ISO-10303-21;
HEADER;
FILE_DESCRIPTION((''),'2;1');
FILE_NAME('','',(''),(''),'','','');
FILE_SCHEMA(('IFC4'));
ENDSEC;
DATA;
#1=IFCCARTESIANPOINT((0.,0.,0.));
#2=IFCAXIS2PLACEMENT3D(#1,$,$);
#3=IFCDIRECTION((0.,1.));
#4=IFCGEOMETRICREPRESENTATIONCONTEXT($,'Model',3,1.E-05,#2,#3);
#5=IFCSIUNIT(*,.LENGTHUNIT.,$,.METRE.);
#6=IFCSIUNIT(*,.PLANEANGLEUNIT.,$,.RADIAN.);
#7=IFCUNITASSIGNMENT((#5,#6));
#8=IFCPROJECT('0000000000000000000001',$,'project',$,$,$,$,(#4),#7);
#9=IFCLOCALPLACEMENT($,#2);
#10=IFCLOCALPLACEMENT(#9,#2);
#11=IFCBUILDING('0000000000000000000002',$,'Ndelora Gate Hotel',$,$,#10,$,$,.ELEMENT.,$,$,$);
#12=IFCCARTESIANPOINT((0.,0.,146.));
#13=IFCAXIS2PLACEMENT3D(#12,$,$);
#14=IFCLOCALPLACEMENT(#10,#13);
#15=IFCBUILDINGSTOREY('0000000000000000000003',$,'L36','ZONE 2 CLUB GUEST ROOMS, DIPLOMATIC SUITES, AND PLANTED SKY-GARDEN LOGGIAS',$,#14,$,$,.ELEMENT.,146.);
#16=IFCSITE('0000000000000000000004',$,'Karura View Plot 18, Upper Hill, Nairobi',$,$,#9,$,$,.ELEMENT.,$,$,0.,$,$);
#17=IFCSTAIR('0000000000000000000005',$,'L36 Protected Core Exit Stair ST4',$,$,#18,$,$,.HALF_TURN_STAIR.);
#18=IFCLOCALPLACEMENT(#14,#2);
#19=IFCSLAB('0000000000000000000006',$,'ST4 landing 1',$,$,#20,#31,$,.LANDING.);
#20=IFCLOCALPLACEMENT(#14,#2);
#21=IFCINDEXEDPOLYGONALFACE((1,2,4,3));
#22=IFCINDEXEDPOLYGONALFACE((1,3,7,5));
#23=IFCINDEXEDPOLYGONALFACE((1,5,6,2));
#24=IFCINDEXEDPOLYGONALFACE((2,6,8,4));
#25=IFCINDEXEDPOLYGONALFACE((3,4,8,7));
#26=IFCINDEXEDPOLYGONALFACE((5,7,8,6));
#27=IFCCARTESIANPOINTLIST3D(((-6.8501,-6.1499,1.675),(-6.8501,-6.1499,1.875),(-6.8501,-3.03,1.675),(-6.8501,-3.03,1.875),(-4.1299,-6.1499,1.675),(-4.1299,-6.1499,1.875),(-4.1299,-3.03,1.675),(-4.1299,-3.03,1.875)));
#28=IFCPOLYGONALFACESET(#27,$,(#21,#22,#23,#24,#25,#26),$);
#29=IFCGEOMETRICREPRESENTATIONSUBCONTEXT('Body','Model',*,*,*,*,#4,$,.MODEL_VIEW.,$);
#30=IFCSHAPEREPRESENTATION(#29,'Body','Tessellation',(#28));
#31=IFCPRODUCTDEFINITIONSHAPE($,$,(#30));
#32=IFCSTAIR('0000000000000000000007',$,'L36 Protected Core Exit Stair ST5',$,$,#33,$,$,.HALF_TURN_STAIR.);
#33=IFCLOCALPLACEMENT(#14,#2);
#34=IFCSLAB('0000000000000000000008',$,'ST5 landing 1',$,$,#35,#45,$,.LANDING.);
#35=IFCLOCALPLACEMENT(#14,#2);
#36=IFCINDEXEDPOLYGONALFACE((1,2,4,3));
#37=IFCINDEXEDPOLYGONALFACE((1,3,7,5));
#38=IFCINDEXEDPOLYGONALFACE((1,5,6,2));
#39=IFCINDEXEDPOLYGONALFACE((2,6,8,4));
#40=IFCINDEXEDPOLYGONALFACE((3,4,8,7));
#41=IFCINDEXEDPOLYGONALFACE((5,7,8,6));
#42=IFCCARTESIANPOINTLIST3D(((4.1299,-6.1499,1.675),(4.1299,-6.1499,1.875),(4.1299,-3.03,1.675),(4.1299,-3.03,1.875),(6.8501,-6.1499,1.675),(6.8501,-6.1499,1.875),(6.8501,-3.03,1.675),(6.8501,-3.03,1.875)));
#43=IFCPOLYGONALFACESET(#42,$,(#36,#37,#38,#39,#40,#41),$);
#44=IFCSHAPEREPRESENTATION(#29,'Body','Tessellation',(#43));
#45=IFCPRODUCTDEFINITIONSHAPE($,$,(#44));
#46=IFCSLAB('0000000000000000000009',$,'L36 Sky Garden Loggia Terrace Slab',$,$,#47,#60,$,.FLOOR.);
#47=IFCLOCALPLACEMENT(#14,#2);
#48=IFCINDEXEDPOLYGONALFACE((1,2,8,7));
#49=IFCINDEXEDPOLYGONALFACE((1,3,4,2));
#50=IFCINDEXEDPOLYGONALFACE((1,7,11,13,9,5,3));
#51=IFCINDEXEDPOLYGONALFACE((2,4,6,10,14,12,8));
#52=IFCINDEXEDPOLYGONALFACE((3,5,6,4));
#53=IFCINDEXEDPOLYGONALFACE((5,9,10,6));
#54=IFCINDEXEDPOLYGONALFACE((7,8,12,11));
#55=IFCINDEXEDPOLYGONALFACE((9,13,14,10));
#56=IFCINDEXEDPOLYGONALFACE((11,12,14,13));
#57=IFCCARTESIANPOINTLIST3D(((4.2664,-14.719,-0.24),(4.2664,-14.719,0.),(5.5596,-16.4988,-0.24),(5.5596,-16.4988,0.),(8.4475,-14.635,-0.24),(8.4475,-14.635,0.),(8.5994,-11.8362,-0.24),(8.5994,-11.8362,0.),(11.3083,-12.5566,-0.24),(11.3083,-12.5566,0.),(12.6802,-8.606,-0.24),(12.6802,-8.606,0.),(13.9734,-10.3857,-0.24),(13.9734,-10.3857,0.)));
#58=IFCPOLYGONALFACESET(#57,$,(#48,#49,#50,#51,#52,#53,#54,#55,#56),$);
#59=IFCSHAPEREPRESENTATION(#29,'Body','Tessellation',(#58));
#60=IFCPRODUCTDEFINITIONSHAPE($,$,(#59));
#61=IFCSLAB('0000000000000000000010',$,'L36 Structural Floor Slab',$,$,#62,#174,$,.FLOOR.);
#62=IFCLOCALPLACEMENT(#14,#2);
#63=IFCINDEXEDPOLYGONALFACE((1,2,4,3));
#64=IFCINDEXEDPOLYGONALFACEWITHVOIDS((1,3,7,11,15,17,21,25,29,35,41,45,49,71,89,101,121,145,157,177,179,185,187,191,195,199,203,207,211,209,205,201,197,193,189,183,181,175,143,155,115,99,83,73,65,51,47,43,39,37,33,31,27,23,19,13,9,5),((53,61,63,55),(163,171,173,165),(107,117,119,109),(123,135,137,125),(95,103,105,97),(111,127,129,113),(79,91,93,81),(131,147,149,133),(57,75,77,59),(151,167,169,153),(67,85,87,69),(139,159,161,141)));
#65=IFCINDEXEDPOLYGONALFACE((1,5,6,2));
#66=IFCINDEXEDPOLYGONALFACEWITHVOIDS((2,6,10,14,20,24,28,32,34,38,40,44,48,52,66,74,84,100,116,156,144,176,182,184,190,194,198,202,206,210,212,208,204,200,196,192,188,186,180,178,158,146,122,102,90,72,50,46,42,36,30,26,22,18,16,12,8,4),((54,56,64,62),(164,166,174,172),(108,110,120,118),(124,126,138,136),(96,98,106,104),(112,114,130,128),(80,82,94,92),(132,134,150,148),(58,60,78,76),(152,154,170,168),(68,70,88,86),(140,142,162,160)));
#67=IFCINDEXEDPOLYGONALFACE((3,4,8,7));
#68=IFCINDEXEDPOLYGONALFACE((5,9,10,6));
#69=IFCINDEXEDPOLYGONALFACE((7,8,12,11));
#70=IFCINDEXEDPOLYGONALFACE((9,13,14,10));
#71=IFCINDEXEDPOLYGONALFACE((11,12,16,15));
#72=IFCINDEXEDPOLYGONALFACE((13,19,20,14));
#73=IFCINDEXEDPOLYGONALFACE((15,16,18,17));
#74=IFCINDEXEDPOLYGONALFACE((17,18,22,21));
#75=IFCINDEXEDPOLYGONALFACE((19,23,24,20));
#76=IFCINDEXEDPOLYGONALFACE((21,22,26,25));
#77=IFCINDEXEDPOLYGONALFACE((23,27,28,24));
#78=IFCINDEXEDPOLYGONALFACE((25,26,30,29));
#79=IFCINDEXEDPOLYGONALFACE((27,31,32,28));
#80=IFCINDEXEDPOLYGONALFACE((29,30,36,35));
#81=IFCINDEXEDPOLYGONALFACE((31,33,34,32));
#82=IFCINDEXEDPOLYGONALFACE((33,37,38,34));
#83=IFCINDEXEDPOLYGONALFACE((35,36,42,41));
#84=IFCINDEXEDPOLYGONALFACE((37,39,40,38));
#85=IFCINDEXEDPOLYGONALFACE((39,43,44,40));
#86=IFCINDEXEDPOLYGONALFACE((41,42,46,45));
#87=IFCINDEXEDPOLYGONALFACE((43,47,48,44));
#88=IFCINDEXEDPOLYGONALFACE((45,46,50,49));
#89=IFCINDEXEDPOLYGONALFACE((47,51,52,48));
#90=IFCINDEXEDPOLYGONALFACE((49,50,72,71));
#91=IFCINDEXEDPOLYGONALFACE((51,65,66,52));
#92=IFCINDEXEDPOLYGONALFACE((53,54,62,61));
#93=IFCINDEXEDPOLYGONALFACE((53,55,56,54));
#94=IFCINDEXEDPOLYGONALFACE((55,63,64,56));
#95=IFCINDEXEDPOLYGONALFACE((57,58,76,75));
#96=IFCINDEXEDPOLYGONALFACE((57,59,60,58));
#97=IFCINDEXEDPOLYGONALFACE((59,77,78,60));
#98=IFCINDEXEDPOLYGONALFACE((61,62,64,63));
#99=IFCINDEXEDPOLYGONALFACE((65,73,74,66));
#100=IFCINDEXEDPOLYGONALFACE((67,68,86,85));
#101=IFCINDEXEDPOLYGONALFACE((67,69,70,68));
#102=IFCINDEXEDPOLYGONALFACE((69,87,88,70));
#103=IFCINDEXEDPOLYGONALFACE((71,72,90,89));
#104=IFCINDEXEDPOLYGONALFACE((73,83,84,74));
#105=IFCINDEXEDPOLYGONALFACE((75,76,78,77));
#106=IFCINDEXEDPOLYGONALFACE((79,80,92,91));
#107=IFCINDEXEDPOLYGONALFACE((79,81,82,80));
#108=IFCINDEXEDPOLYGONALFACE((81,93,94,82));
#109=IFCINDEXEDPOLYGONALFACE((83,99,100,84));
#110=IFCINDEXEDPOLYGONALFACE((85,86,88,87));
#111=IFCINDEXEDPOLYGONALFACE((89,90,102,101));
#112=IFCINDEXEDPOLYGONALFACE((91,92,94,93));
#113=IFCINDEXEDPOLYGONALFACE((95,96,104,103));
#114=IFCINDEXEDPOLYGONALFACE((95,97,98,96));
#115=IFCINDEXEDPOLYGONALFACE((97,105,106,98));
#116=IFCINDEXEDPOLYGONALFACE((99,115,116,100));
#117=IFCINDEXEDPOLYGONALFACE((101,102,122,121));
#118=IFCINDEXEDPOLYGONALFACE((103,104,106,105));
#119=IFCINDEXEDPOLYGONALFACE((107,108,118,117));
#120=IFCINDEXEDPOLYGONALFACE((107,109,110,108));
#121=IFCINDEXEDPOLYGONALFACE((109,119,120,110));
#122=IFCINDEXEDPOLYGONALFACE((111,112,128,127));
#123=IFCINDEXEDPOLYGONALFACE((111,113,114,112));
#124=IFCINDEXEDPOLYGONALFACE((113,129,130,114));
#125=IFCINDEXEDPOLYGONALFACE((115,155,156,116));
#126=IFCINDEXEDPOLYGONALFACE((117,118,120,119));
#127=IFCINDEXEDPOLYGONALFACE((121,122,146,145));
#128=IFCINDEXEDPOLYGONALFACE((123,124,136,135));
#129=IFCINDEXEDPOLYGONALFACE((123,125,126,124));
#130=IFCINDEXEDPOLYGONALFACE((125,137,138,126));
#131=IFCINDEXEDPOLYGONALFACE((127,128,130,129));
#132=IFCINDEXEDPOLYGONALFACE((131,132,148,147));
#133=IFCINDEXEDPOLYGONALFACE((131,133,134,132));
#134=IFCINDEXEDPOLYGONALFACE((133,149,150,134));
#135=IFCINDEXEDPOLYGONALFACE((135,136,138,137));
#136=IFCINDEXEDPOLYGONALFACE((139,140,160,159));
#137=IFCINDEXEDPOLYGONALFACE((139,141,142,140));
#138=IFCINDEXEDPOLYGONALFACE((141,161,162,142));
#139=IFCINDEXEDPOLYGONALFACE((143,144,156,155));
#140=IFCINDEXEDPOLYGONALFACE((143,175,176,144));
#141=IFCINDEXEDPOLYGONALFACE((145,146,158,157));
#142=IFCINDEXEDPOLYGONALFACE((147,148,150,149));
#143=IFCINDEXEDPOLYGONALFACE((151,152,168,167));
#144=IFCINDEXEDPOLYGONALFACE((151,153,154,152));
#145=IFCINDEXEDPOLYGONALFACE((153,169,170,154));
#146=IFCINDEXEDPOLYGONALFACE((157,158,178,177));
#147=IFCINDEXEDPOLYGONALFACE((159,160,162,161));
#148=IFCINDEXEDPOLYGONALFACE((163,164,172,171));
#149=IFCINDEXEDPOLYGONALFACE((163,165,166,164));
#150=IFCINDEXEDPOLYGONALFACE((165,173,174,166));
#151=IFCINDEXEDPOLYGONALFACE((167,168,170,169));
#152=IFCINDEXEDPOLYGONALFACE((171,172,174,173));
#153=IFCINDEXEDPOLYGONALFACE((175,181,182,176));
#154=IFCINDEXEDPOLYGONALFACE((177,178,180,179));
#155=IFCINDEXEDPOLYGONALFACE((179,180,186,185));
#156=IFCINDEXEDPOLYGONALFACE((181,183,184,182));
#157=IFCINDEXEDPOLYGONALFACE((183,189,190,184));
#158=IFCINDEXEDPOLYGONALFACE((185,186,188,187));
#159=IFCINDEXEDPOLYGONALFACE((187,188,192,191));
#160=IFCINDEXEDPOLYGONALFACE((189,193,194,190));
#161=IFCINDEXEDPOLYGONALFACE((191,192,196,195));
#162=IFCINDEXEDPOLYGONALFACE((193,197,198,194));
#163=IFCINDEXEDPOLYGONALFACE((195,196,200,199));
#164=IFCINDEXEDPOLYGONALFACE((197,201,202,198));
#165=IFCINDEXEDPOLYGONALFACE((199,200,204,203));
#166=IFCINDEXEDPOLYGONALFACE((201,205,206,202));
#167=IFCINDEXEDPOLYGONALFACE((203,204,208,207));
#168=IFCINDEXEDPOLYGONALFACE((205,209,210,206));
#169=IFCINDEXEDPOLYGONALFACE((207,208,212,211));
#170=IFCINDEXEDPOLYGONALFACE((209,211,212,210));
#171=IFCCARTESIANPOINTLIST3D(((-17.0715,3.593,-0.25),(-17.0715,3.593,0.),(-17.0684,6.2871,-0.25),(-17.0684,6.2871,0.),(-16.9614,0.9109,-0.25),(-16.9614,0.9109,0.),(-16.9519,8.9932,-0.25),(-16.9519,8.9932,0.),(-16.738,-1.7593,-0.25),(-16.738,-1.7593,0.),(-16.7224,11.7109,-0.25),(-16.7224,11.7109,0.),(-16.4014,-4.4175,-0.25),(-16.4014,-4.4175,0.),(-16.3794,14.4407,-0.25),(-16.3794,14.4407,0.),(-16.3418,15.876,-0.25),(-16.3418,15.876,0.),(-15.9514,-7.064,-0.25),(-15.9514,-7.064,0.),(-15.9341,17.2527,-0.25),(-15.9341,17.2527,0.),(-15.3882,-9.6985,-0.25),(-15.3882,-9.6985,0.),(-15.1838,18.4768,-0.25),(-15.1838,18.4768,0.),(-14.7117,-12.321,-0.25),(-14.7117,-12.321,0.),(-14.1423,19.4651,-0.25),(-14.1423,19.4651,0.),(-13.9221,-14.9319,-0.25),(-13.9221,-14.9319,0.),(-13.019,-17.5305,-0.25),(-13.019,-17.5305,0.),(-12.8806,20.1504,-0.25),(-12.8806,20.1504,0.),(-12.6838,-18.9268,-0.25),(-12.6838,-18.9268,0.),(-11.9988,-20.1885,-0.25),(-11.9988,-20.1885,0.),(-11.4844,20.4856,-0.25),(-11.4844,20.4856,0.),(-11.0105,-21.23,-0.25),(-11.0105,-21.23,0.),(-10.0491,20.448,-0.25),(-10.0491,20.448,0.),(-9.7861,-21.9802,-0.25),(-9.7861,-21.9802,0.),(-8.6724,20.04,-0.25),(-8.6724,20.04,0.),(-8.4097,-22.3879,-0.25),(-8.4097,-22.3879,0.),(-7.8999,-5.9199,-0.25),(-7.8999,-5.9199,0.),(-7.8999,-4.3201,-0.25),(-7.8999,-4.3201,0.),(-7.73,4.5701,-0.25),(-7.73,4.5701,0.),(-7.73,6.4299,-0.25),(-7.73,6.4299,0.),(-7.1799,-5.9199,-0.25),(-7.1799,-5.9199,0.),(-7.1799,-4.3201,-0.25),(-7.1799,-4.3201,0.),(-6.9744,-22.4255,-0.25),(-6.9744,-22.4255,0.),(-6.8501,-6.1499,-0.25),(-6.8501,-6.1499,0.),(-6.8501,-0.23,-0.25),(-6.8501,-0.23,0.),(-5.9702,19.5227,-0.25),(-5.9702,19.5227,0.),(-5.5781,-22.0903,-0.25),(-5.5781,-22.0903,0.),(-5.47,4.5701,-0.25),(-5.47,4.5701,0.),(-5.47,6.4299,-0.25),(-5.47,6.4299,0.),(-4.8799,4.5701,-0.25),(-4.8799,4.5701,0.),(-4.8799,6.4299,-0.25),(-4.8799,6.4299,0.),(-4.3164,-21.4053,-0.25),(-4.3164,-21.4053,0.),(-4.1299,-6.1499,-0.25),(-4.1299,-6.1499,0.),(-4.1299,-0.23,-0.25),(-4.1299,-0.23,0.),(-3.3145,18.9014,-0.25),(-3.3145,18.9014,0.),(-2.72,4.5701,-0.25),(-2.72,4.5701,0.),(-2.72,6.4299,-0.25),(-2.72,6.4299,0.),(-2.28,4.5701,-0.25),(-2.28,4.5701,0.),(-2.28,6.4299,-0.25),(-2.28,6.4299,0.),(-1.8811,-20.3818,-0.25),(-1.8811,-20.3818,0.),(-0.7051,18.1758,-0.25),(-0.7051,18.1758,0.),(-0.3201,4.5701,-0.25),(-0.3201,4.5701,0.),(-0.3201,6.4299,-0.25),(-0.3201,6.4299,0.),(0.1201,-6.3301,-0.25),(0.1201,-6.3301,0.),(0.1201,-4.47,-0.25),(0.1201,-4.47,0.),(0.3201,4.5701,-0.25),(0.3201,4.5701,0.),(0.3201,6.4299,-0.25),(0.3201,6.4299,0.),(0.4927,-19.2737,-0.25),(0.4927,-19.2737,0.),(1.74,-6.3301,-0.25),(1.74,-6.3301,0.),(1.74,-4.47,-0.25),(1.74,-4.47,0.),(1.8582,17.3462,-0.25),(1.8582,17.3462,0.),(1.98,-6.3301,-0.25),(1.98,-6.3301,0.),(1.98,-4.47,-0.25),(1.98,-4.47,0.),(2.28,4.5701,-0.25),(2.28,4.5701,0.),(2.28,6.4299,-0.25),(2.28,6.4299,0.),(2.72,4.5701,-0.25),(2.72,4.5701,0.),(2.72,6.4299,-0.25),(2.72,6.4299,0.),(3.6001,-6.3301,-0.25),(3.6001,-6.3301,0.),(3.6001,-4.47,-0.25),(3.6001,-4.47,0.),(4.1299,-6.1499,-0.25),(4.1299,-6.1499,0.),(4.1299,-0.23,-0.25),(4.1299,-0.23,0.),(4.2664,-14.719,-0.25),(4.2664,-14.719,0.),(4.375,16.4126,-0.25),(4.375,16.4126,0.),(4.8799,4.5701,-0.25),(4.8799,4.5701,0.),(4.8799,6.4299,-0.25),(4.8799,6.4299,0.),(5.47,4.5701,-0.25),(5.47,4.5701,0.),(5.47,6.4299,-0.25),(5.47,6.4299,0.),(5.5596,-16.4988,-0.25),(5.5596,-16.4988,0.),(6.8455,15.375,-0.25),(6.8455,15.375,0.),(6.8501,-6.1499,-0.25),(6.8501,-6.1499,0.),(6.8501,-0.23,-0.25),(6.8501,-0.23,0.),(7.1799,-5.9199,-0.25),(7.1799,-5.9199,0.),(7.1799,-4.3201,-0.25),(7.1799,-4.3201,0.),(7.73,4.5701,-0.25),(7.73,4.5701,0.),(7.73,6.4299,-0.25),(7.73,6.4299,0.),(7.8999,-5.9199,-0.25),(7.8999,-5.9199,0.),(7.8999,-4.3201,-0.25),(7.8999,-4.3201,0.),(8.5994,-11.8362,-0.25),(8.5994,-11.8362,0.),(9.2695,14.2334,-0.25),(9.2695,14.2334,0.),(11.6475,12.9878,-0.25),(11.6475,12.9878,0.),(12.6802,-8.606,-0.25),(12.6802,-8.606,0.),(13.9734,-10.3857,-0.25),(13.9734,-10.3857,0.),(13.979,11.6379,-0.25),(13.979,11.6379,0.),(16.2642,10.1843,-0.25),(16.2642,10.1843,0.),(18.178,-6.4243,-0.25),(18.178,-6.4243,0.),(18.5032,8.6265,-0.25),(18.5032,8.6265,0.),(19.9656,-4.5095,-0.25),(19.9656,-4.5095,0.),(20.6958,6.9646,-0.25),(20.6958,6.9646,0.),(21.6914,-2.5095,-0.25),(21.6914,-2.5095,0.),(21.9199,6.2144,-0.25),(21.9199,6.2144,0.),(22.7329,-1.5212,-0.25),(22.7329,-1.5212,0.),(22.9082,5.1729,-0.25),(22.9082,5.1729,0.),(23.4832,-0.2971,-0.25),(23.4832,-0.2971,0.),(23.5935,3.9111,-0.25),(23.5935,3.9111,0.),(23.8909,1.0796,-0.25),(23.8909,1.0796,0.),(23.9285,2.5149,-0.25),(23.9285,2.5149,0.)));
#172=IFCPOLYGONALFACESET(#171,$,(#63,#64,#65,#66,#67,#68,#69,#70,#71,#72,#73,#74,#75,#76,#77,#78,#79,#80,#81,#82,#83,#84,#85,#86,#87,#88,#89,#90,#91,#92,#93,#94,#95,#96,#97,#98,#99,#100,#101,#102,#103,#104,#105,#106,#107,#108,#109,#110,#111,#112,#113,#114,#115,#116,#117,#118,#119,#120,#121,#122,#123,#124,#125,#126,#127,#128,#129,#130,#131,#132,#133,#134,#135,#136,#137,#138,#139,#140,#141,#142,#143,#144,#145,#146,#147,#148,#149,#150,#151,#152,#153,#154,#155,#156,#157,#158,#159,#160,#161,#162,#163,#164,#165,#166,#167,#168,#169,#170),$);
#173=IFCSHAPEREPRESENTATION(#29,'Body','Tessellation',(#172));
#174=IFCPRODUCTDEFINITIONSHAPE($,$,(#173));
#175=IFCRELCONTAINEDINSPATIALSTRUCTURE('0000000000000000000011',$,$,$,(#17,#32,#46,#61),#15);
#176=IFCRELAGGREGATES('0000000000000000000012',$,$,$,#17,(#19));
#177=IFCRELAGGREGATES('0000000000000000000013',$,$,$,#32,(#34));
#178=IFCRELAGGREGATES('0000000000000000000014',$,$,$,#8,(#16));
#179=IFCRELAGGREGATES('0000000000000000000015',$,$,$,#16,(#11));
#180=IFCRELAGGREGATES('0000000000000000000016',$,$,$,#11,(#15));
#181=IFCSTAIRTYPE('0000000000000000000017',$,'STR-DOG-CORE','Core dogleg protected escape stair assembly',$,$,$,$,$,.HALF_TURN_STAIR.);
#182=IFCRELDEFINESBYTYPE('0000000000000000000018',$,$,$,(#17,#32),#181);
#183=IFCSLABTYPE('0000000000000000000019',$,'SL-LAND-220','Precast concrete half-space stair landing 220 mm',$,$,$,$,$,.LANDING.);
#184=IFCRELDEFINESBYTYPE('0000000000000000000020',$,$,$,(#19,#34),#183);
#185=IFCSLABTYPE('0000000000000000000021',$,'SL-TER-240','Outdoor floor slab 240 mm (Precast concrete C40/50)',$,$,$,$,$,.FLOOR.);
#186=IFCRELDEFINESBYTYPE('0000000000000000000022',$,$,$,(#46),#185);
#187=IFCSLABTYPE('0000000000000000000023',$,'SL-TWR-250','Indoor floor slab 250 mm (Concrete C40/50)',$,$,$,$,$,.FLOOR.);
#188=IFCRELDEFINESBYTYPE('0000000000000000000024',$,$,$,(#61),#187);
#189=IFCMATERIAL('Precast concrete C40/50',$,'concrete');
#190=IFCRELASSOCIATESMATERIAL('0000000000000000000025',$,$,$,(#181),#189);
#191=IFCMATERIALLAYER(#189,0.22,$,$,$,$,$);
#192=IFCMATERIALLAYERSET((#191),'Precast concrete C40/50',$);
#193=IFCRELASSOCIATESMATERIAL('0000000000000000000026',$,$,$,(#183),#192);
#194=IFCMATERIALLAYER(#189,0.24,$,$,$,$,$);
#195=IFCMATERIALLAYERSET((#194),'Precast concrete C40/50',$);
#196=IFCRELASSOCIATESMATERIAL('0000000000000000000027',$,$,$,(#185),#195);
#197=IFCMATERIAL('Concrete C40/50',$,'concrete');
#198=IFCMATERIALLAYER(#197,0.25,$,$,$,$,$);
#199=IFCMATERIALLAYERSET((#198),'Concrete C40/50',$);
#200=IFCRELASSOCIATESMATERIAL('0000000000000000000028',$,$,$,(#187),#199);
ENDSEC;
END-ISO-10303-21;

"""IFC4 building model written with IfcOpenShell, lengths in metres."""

from ifc_helpers import new_model, si_unit, direction, frame, origin, place, context, subcontext, project, spatial, polyline, outline, extrude, material, layer, layer_set, type_object, element, aggregate, save


model = new_model("IFC4")

# Units and contexts
model_context = context("Model", 3, precision=1e-05, world=origin(), true_north=direction((0.0, 1.0)))
body_context = subcontext(model_context, "Body", "Model", "MODEL_VIEW")
ifc_project = project(units=[si_unit("LENGTHUNIT", "METRE"), si_unit("PLANEANGLEUNIT", "RADIAN")], contexts=[model_context])

# Site, building, storey
site_placement = place(None, origin())
site = spatial("IfcSite", under=ifc_project, at=site_placement, Name="Karura View Plot 18, Upper Hill, Nairobi", CompositionType="ELEMENT", RefElevation=0.0)
building_placement = place(site_placement, origin())
building = spatial("IfcBuilding", under=site, at=building_placement, Name="Ndelora Gate Hotel", CompositionType="ELEMENT")
storey_placement = place(building_placement, frame((0.0, 0.0, 146.0)))
storey = spatial("IfcBuildingStorey", under=building, at=storey_placement, Name="L36", Description="ZONE 2 CLUB GUEST ROOMS, DIPLOMATIC SUITES, AND PLANTED SKY-GARDEN LOGGIAS", CompositionType="ELEMENT", Elevation=146.0)

# Stairs, slabs
ifc_material_1 = material(Name="Precast concrete C40/50", Category="concrete")
stair_type = type_object("IfcStairType", Name="STR-DOG-CORE", Description="Core dogleg protected escape stair assembly", PredefinedType="HALF_TURN_STAIR", material=ifc_material_1)
stair_1_placement = place(storey_placement, origin())
stair_1 = element("IfcStair", 1, at=stair_1_placement, inside=storey, type_object=stair_type, Name="L36 Protected Core Exit Stair ST4", PredefinedType="HALF_TURN_STAIR")
ifc_layer_1 = layer(ifc_material_1, 0.22)
ifc_layer_set_1 = layer_set([ifc_layer_1], Name="Precast concrete C40/50")
slab_type_1 = type_object("IfcSlabType", Name="SL-LAND-220", Description="Precast concrete half-space stair landing 220 mm", PredefinedType="LANDING", material=ifc_layer_set_1)
slab_1_placement = place(storey_placement, frame((0.0, 0.0, 1.675)))
slab_1 = element("IfcSlab", 2, at=slab_1_placement, type_object=slab_type_1, Name="ST4 landing 1", PredefinedType="LANDING", context=body_context, shape_type="SweptSolid", body=[
    extrude(outline(polyline([(-6.8501, -3.03), (-6.8501, -6.1499), (-4.1299, -6.1499), (-4.1299, -3.03), (-6.8501, -3.03)])), origin(), (0.0, 0.0, 1.0), 0.2),
])
aggregate(stair_1, [slab_1])
stair_2_placement = place(storey_placement, origin())
stair_2 = element("IfcStair", 3, at=stair_2_placement, inside=storey, type_object=stair_type, Name="L36 Protected Core Exit Stair ST5", PredefinedType="HALF_TURN_STAIR")
slab_2_placement = place(storey_placement, frame((0.0, 0.0, 1.675)))
slab_2 = element("IfcSlab", 4, at=slab_2_placement, type_object=slab_type_1, Name="ST5 landing 1", PredefinedType="LANDING", context=body_context, shape_type="SweptSolid", body=[
    extrude(outline(polyline([(4.1299, -3.03), (4.1299, -6.1499), (6.8501, -6.1499), (6.8501, -3.03), (4.1299, -3.03)])), origin(), (0.0, 0.0, 1.0), 0.2),
])

# Slabs
ifc_layer_2 = layer(ifc_material_1, 0.24)
ifc_layer_set_2 = layer_set([ifc_layer_2], Name="Precast concrete C40/50")
slab_type_2 = type_object("IfcSlabType", Name="SL-TER-240", Description="Outdoor floor slab 240 mm (Precast concrete C40/50)", PredefinedType="FLOOR", material=ifc_layer_set_2)
slab_3_placement = place(storey_placement, frame((0.0, 0.0, -0.24)))
element("IfcSlab", 5, at=slab_3_placement, inside=storey, type_object=slab_type_2, Name="L36 Sky Garden Loggia Terrace Slab", PredefinedType="FLOOR", context=body_context, shape_type="SweptSolid", body=[
    extrude(outline(polyline([(4.2664, -14.719), (5.5596, -16.4988), (8.4475, -14.635), (11.3083, -12.5566), (13.9734, -10.3857), (12.6802, -8.606), (8.5994, -11.8362), (4.2664, -14.719)])), origin(), (0.0, 0.0, 1.0), 0.24),
])
ifc_material_2 = material(Name="Concrete C40/50", Category="concrete")
ifc_layer_3 = layer(ifc_material_2, 0.25)
ifc_layer_set_3 = layer_set([ifc_layer_3], Name="Concrete C40/50")
slab_type_3 = type_object("IfcSlabType", Name="SL-TWR-250", Description="Indoor floor slab 250 mm (Concrete C40/50)", PredefinedType="FLOOR", material=ifc_layer_set_3)
slab_4_placement = place(storey_placement, frame((0.0, 0.0, -0.25)))
element("IfcSlab", 6, at=slab_4_placement, inside=storey, type_object=slab_type_3, Name="L36 Structural Floor Slab", PredefinedType="FLOOR", context=body_context, shape_type="SweptSolid", body=[
    extrude(outline(polyline([(-8.6724, 20.04), (-10.0491, 20.448), (-11.4844, 20.4856), (-12.8806, 20.1504), (-14.1423, 19.4651), (-15.1838, 18.4768), (-15.9341, 17.2527), (-16.3418, 15.876), (-16.3794, 14.4407), (-16.7224, 11.7109), (-16.9519, 8.9932), (-17.0684, 6.2871), (-17.0715, 3.593), (-16.9614, 0.9109), (-16.738, -1.7593), (-16.4014, -4.4175), (-15.9514, -7.064), (-15.3882, -9.6985), (-14.7117, -12.321), (-13.9221, -14.9319), (-13.019, -17.5305), (-12.6838, -18.9268), (-11.9988, -20.1885), (-11.0105, -21.23), (-9.7861, -21.9802), (-8.4097, -22.3879), (-6.9744, -22.4255), (-5.5781, -22.0903), (-4.3164, -21.4053), (-1.8811, -20.3818), (0.4927, -19.2737), (5.5596, -16.4988), (4.2664, -14.719), (8.5994, -11.8362), (12.6802, -8.606), (13.9734, -10.3857), (18.178, -6.4243), (19.9656, -4.5095), (21.6914, -2.5095), (22.7329, -1.5212), (23.4832, -0.2971), (23.8909, 1.0796), (23.9285, 2.5149), (23.5935, 3.9111), (22.9082, 5.1729), (21.9199, 6.2144), (20.6958, 6.9646), (18.5032, 8.6265), (16.2642, 10.1843), (13.979, 11.6379), (11.6475, 12.9878), (9.2695, 14.2334), (6.8455, 15.375), (4.375, 16.4126), (1.8582, 17.3462), (-0.7051, 18.1758), (-3.3145, 18.9014), (-5.9702, 19.5227), (-8.6724, 20.04)]), holes=[polyline([(-6.8501, -0.23), (-6.8501, -6.1499), (-4.1299, -6.1499), (-4.1299, -0.23), (-6.8501, -0.23)]), polyline([(4.1299, -0.23), (4.1299, -6.1499), (6.8501, -6.1499), (6.8501, -0.23), (4.1299, -0.23)]), polyline([(-7.73, 4.5701), (-5.47, 4.5701), (-5.47, 6.4299), (-7.73, 6.4299), (-7.73, 4.5701)]), polyline([(5.47, 4.5701), (7.73, 4.5701), (7.73, 6.4299), (5.47, 6.4299), (5.47, 4.5701)]), polyline([(-4.8799, 4.5701), (-2.72, 4.5701), (-2.72, 6.4299), (-4.8799, 6.4299), (-4.8799, 4.5701)]), polyline([(2.72, 4.5701), (4.8799, 4.5701), (4.8799, 6.4299), (2.72, 6.4299), (2.72, 4.5701)]), polyline([(0.1201, -6.3301), (1.74, -6.3301), (1.74, -4.47), (0.1201, -4.47), (0.1201, -6.3301)]), polyline([(1.98, -6.3301), (3.6001, -6.3301), (3.6001, -4.47), (1.98, -4.47), (1.98, -6.3301)]), polyline([(-2.28, 4.5701), (-0.3201, 4.5701), (-0.3201, 6.4299), (-2.28, 6.4299), (-2.28, 4.5701)]), polyline([(0.3201, 4.5701), (2.28, 4.5701), (2.28, 6.4299), (0.3201, 6.4299), (0.3201, 4.5701)]), polyline([(-7.8999, -5.9199), (-7.1799, -5.9199), (-7.1799, -4.3201), (-7.8999, -4.3201), (-7.8999, -5.9199)]), polyline([(7.1799, -5.9199), (7.8999, -5.9199), (7.8999, -4.3201), (7.1799, -4.3201), (7.1799, -5.9199)])]), origin(), (0.0, 0.0, 1.0), 0.25),
])

aggregate(stair_2, [slab_2])

save(model, "model.ifc")
